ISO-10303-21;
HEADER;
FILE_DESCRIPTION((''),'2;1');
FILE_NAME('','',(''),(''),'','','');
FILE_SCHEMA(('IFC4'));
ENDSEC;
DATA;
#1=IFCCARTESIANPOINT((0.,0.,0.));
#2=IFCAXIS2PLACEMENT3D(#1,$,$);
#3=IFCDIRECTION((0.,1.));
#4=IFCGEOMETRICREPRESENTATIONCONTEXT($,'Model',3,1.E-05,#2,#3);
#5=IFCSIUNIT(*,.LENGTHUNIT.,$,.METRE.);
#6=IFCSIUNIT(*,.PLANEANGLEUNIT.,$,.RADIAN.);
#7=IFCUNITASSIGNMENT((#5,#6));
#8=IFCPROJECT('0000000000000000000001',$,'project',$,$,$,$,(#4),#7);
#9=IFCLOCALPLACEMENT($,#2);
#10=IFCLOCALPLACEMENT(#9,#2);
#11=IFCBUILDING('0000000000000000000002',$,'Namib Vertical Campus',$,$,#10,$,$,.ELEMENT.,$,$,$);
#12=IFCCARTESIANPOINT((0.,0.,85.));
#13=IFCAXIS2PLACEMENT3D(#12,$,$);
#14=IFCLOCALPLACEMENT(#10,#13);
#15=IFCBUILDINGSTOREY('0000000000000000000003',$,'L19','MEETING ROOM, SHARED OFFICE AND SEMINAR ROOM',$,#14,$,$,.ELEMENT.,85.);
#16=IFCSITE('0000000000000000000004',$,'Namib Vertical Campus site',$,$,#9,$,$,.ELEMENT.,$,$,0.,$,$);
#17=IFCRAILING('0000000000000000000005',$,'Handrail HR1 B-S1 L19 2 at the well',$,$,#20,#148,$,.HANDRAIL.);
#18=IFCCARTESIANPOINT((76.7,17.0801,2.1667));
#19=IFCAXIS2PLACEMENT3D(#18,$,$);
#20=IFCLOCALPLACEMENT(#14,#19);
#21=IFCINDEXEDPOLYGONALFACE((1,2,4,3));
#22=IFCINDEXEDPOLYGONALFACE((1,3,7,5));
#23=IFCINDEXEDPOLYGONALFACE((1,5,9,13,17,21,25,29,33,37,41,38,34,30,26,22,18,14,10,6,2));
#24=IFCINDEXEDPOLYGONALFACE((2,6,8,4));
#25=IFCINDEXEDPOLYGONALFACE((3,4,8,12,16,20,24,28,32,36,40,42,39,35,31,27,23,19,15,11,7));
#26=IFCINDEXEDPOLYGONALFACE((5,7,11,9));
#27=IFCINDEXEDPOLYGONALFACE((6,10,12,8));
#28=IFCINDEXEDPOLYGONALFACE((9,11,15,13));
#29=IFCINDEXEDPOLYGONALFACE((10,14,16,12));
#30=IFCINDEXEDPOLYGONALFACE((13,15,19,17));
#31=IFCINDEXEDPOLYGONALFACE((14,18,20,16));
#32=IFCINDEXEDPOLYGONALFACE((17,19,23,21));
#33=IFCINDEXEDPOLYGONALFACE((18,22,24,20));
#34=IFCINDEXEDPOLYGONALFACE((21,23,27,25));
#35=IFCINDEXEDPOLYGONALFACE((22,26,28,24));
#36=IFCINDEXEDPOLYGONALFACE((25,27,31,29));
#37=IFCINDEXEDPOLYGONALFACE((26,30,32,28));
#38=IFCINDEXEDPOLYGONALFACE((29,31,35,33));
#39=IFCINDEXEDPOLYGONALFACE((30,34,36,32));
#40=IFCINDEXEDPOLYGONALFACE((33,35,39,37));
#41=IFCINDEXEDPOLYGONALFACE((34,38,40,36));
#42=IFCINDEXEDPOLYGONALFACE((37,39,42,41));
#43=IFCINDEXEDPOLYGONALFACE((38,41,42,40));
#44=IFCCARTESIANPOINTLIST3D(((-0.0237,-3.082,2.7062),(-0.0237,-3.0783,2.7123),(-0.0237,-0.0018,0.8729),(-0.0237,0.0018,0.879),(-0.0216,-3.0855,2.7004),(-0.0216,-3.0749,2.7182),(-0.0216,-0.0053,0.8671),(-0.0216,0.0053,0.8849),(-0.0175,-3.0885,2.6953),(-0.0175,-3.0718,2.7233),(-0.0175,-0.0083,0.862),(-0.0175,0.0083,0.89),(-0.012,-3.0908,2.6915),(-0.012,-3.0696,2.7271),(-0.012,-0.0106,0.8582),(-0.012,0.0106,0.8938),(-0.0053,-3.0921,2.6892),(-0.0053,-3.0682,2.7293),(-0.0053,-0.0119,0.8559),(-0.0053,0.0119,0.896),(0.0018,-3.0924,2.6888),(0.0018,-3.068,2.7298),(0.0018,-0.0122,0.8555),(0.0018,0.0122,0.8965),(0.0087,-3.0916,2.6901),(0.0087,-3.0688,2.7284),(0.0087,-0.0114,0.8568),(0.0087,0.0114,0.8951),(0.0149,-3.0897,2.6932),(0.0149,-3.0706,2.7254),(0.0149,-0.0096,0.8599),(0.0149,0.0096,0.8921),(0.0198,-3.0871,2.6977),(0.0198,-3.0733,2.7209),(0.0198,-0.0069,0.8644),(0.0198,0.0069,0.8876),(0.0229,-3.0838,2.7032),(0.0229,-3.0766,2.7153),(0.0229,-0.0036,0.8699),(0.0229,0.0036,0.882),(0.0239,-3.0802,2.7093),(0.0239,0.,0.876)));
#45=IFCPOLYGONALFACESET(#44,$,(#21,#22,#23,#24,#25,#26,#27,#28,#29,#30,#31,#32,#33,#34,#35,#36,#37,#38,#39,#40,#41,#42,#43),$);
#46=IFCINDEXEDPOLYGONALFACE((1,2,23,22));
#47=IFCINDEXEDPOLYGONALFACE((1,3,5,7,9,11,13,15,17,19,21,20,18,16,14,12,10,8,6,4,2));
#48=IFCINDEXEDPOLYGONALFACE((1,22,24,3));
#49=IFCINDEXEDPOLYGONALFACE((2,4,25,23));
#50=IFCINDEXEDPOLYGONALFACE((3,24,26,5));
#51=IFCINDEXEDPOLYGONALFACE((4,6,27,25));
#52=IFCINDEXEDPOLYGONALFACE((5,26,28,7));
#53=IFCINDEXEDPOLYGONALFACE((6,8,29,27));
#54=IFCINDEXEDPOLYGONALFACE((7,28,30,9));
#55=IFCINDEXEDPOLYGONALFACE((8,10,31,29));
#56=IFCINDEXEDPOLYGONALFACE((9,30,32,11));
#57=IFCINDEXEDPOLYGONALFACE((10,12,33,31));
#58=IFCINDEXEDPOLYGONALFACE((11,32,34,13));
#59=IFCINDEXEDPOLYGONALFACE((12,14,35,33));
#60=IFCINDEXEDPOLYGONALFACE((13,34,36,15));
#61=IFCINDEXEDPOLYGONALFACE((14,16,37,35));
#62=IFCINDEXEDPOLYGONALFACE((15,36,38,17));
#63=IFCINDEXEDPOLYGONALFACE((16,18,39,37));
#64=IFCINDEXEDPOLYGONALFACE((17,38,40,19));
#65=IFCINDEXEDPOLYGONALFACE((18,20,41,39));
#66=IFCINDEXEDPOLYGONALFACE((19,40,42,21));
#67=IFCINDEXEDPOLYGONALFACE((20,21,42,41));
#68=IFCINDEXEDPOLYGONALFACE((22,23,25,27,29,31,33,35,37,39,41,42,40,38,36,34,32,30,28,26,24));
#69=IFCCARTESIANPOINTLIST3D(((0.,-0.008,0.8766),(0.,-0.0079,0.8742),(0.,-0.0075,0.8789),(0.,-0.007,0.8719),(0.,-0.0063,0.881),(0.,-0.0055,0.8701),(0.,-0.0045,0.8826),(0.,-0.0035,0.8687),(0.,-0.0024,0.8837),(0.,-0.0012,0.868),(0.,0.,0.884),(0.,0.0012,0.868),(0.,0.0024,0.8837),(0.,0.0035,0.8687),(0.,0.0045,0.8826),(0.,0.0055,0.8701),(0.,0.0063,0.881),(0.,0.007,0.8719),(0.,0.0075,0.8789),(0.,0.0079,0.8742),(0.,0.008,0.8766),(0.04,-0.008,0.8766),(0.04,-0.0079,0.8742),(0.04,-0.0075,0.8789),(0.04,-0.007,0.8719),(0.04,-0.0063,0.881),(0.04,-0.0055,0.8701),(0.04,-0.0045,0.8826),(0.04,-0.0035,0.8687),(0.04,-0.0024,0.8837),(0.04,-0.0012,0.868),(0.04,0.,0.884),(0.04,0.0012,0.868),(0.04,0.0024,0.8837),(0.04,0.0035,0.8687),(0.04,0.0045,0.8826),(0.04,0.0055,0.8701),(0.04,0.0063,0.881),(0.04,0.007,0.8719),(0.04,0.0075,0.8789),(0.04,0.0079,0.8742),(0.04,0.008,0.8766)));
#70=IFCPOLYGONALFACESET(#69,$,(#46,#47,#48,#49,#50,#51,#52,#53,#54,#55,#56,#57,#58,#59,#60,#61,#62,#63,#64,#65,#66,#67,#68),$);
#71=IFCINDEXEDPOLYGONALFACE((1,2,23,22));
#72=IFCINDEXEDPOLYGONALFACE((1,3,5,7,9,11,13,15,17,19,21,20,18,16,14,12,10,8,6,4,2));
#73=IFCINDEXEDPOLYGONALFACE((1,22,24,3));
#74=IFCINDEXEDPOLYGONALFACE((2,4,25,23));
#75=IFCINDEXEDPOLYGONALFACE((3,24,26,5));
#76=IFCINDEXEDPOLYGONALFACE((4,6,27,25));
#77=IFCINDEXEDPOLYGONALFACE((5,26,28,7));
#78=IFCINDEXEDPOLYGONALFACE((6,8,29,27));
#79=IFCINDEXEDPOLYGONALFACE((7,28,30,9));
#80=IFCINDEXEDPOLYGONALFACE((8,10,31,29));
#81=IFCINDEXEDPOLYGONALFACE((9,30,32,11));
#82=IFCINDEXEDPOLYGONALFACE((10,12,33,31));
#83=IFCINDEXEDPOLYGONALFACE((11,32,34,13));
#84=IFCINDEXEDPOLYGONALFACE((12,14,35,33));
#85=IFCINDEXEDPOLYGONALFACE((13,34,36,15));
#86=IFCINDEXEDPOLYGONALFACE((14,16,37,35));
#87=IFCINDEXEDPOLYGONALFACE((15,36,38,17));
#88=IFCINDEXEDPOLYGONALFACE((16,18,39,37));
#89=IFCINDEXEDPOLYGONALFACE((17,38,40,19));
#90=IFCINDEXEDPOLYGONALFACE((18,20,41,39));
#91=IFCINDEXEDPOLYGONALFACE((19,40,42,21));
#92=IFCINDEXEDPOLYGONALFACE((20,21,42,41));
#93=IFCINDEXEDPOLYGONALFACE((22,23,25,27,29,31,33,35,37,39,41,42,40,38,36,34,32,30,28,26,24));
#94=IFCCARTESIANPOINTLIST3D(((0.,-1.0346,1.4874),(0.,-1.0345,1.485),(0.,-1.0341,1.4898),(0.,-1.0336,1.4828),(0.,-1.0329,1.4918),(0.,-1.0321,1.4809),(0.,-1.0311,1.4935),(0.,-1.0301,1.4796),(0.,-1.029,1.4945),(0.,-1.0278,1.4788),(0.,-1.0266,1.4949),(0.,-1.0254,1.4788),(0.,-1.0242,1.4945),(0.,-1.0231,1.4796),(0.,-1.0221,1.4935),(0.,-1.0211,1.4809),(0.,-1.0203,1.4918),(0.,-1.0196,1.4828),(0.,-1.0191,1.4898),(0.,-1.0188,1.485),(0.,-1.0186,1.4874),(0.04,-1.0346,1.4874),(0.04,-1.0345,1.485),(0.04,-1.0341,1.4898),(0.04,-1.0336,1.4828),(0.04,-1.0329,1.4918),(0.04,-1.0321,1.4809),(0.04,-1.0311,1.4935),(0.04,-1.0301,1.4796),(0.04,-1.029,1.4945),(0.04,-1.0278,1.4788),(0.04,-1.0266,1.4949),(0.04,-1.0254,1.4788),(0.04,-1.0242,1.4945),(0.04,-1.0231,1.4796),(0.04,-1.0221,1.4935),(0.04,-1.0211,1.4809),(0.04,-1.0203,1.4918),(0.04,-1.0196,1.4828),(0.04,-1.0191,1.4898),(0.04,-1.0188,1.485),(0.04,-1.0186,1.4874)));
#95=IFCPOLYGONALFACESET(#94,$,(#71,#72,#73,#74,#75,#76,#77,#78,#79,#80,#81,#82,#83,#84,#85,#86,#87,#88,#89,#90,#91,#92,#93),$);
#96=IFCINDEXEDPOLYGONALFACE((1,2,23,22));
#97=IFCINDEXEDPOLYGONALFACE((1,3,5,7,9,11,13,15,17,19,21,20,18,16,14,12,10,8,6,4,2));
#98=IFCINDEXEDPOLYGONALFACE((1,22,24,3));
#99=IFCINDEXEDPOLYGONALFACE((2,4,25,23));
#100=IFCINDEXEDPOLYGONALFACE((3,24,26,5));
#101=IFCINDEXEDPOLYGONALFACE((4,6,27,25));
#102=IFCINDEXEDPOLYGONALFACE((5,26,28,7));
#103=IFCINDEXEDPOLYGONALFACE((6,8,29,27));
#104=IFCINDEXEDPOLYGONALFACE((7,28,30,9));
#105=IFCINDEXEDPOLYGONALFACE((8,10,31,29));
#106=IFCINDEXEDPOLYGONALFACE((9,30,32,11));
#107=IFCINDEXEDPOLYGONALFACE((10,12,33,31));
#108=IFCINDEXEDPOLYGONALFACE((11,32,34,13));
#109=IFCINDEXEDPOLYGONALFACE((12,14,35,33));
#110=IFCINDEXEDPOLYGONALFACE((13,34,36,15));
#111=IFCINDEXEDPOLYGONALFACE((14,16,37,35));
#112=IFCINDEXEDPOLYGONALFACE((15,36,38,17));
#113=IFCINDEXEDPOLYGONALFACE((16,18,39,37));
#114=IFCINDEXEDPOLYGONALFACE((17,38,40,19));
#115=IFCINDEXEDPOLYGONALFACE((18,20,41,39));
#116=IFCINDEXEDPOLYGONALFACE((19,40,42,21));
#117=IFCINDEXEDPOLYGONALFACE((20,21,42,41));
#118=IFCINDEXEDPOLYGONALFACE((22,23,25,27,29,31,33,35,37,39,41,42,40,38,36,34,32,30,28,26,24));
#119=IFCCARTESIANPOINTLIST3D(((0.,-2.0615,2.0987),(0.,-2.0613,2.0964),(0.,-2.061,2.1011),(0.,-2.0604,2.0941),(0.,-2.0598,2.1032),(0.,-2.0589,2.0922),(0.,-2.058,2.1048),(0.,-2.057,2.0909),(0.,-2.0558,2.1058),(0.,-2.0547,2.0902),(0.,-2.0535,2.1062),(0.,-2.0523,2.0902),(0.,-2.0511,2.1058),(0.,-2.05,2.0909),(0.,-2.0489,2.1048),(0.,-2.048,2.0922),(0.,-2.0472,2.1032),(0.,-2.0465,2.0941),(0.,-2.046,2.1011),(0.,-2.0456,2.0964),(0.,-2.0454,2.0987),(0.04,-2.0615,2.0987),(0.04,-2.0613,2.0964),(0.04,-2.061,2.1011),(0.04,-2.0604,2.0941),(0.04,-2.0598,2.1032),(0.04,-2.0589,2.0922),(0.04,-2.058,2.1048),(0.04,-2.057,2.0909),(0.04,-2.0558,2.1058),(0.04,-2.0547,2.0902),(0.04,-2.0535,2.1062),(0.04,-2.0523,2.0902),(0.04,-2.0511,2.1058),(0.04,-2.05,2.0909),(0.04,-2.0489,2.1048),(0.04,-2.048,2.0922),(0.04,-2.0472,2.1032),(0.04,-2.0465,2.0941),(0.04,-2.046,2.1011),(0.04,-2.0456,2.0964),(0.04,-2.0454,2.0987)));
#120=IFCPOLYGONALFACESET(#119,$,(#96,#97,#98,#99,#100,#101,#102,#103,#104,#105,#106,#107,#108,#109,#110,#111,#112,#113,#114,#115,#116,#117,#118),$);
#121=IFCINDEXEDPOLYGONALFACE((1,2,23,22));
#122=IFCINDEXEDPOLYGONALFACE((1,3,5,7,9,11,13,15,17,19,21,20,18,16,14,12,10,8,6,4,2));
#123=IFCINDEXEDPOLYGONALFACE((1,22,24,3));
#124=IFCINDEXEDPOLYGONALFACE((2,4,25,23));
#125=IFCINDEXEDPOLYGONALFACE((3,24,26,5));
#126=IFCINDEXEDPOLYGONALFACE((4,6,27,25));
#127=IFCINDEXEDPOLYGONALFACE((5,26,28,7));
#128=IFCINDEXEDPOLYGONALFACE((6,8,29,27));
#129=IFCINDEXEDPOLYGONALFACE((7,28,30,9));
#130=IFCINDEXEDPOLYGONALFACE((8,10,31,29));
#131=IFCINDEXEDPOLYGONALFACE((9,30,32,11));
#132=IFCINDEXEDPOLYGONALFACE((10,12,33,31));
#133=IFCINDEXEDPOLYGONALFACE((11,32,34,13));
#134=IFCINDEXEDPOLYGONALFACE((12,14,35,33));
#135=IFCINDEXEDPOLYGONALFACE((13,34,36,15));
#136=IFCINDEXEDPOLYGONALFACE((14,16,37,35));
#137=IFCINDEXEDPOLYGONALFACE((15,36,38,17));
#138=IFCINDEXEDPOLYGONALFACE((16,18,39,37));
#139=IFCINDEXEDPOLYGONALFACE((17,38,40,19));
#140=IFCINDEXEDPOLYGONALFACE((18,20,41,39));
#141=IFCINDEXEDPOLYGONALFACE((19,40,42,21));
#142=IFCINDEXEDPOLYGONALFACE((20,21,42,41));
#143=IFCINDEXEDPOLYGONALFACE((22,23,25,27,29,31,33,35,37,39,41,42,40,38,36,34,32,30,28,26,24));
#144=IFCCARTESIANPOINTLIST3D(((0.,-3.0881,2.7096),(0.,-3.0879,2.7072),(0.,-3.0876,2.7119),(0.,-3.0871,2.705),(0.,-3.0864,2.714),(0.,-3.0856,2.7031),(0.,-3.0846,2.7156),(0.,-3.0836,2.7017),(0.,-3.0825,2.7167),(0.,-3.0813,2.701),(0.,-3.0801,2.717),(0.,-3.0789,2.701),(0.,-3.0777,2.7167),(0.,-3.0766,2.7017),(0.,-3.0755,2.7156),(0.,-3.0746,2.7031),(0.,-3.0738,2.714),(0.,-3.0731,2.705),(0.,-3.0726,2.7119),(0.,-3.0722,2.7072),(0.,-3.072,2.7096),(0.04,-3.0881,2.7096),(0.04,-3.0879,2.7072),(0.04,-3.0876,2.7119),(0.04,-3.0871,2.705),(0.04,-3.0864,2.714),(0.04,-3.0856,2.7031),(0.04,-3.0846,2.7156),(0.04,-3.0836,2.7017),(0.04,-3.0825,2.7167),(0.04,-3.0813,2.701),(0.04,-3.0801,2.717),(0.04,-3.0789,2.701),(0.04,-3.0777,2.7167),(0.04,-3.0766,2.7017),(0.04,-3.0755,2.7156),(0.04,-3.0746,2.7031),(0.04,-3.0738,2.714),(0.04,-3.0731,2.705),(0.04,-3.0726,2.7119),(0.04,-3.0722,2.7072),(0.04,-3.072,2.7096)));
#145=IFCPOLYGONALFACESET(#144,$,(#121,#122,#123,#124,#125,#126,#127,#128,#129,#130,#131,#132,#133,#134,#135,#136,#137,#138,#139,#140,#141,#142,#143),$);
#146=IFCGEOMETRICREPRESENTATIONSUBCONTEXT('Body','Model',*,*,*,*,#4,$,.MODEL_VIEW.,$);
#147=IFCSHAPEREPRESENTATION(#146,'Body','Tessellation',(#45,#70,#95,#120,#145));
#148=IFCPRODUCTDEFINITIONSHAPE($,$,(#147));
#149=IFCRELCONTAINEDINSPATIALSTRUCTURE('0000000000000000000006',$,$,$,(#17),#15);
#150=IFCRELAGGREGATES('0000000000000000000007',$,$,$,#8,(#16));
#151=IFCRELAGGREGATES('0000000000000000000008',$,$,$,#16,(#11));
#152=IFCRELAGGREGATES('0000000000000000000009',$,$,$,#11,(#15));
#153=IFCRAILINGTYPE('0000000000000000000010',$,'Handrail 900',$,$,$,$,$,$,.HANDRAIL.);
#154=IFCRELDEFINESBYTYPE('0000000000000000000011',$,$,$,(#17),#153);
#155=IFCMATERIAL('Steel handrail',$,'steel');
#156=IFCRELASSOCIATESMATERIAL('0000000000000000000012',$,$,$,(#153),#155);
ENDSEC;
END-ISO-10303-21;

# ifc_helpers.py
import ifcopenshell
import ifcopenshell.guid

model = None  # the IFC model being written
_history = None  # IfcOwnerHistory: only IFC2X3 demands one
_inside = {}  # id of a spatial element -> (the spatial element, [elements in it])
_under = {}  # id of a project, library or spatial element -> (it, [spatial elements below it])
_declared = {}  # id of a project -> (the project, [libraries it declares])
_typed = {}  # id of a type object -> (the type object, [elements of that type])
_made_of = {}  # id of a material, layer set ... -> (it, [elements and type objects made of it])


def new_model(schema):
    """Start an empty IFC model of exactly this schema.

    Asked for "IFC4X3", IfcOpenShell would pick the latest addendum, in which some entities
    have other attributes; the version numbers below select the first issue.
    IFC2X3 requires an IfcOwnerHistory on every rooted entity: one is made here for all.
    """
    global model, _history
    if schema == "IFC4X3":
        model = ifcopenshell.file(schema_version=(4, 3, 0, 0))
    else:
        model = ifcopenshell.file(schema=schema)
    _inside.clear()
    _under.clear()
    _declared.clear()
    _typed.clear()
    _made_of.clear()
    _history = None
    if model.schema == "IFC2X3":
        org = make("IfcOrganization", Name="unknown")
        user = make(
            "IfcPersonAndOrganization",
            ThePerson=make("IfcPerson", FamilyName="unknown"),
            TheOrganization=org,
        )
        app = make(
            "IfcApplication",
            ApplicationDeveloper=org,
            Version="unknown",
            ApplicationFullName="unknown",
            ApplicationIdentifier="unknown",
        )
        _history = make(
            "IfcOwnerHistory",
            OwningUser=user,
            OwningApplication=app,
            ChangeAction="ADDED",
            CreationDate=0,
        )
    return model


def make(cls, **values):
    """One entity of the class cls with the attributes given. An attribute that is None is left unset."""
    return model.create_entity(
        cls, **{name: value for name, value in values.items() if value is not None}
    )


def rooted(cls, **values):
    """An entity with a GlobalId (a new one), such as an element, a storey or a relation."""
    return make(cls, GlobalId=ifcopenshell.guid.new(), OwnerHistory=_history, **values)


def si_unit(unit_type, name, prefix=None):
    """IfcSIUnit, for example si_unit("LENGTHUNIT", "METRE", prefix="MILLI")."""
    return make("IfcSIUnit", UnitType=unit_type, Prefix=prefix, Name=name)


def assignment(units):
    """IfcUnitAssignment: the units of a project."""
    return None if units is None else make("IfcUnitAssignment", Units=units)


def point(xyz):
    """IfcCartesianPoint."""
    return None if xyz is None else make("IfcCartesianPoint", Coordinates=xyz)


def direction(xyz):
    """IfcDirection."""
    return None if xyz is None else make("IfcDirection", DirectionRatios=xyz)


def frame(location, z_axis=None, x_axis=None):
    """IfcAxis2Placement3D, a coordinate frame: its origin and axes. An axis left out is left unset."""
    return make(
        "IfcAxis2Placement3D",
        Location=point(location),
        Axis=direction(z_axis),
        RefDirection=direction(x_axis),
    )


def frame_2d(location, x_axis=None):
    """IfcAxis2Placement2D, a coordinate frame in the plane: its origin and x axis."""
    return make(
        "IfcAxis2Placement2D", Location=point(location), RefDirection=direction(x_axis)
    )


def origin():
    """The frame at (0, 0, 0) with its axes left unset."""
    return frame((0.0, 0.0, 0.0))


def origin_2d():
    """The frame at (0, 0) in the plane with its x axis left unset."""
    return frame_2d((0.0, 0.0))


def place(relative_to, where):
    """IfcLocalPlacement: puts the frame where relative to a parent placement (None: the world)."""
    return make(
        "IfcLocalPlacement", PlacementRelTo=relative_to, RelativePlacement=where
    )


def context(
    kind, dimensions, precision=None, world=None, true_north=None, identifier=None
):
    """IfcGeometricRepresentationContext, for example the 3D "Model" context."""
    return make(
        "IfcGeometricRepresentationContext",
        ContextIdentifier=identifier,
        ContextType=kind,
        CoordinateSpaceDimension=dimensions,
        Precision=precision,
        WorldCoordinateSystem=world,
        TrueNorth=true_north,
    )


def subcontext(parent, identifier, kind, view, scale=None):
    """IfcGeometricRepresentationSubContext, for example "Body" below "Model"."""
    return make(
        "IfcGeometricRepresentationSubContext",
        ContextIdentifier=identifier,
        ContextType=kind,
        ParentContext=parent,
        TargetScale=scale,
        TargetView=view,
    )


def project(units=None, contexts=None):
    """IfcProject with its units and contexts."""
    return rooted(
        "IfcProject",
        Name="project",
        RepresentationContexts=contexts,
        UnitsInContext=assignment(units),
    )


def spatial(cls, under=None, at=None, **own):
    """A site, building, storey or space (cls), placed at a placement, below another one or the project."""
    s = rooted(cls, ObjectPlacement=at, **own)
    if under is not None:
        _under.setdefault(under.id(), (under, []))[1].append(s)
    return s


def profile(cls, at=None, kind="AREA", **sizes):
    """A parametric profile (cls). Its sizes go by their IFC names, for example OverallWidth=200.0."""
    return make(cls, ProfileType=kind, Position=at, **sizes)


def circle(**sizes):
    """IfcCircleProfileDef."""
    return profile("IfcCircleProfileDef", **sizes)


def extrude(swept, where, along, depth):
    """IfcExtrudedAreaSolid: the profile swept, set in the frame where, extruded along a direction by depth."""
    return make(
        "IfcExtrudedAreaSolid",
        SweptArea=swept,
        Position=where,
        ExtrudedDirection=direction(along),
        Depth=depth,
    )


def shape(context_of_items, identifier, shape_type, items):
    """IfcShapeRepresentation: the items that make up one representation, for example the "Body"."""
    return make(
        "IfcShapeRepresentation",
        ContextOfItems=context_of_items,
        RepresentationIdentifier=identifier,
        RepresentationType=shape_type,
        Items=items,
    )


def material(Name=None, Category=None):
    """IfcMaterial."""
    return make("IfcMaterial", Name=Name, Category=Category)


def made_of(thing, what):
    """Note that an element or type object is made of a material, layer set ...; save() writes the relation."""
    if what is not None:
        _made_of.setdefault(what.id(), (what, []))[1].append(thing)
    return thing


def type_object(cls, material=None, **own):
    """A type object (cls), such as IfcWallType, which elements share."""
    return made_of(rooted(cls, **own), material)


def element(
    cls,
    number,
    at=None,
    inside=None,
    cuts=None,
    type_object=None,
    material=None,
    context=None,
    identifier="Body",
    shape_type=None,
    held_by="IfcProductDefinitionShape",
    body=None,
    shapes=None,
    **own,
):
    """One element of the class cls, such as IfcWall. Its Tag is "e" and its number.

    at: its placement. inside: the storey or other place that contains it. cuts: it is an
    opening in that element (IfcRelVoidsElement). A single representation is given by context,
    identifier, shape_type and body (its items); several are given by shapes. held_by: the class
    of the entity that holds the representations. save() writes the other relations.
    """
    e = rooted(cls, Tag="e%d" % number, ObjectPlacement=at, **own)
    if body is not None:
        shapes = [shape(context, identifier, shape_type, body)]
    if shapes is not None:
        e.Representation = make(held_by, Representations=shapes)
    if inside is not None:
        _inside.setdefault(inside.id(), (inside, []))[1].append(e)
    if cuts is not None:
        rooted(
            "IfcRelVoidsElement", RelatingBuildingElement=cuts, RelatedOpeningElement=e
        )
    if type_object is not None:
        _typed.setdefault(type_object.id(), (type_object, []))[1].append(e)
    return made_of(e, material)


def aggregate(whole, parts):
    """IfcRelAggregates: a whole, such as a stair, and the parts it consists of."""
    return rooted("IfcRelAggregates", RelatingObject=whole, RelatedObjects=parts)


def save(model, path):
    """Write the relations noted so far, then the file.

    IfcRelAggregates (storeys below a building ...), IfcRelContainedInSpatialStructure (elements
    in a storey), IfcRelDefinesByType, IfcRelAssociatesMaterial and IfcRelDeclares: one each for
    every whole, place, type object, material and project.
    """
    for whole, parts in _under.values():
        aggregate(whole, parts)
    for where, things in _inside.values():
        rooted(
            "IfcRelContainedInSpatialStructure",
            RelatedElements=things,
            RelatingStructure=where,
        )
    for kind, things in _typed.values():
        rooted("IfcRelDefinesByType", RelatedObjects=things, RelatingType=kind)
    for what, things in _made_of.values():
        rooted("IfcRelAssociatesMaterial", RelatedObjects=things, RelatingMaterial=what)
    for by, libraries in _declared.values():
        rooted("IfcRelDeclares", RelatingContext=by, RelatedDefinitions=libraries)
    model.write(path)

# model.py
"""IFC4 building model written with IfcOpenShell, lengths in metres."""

from ifc_helpers import new_model, si_unit, direction, frame, origin, origin_2d, place, context, subcontext, project, spatial, circle, extrude, material, type_object, element, save


model = new_model("IFC4")

# Units and contexts
model_context = context("Model", 3, precision=1e-05, world=origin(), true_north=direction((0.0, 1.0)))
body_context = subcontext(model_context, "Body", "Model", "MODEL_VIEW")
ifc_project = project(units=[si_unit("LENGTHUNIT", "METRE"), si_unit("PLANEANGLEUNIT", "RADIAN")], contexts=[model_context])

# Site, building, storey
site_placement = place(None, origin())
site = spatial("IfcSite", under=ifc_project, at=site_placement, Name="Namib Vertical Campus site", CompositionType="ELEMENT", RefElevation=0.0)
building_placement = place(site_placement, origin())
building = spatial("IfcBuilding", under=site, at=building_placement, Name="Namib Vertical Campus", CompositionType="ELEMENT")
storey_placement = place(building_placement, frame((0.0, 0.0, 85.0)))
storey = spatial("IfcBuildingStorey", under=building, at=storey_placement, Name="L19", Description="MEETING ROOM, SHARED OFFICE AND SEMINAR ROOM", CompositionType="ELEMENT", Elevation=85.0)

# Railing
ifc_material_1 = material(Name="Steel handrail", Category="steel")
railing_type = type_object("IfcRailingType", Name="Handrail 900", PredefinedType="HANDRAIL", material=ifc_material_1)
railing_1_placement = place(storey_placement, frame((76.7, 17.0801, 2.1667)))
element("IfcRailing", 1, at=railing_1_placement, inside=storey, type_object=railing_type, Name="Handrail HR1 B-S1 L19 2 at the well", PredefinedType="HANDRAIL", context=body_context, shape_type="SweptSolid", body=[
    extrude(circle(Radius=0.0239, at=origin_2d()), frame((0.0, 0.0, 0.876), z_axis=(0.0, -0.859309, 0.511458), x_axis=(1.0, 0.0, 0.0)), (0.0, 0.0, 1.0), 3.5845),
    extrude(circle(Radius=0.0081, at=origin_2d()), frame((0.0, 0.0, 0.876), z_axis=(1.0, 0.0, 0.0), x_axis=(0.0, 0.0, 1.0)), (0.0, 0.0, 1.0), 0.04),
    extrude(circle(Radius=0.0081, at=origin_2d()), frame((0.0, -1.0266, 1.4868), z_axis=(1.0, 0.0, 0.0), x_axis=(0.0, 0.0, 1.0)), (0.0, 0.0, 1.0), 0.04),
    extrude(circle(Radius=0.0081, at=origin_2d()), frame((0.0, -2.0535, 2.0981), z_axis=(1.0, 0.0, 0.0), x_axis=(0.0, 0.0, 1.0)), (0.0, 0.0, 1.0), 0.04),
    extrude(circle(Radius=0.0081, at=origin_2d()), frame((0.0, -3.0801, 2.709), z_axis=(1.0, 0.0, 0.0), x_axis=(0.0, 0.0, 1.0)), (0.0, 0.0, 1.0), 0.04),
])

save(model, "model.ifc")
